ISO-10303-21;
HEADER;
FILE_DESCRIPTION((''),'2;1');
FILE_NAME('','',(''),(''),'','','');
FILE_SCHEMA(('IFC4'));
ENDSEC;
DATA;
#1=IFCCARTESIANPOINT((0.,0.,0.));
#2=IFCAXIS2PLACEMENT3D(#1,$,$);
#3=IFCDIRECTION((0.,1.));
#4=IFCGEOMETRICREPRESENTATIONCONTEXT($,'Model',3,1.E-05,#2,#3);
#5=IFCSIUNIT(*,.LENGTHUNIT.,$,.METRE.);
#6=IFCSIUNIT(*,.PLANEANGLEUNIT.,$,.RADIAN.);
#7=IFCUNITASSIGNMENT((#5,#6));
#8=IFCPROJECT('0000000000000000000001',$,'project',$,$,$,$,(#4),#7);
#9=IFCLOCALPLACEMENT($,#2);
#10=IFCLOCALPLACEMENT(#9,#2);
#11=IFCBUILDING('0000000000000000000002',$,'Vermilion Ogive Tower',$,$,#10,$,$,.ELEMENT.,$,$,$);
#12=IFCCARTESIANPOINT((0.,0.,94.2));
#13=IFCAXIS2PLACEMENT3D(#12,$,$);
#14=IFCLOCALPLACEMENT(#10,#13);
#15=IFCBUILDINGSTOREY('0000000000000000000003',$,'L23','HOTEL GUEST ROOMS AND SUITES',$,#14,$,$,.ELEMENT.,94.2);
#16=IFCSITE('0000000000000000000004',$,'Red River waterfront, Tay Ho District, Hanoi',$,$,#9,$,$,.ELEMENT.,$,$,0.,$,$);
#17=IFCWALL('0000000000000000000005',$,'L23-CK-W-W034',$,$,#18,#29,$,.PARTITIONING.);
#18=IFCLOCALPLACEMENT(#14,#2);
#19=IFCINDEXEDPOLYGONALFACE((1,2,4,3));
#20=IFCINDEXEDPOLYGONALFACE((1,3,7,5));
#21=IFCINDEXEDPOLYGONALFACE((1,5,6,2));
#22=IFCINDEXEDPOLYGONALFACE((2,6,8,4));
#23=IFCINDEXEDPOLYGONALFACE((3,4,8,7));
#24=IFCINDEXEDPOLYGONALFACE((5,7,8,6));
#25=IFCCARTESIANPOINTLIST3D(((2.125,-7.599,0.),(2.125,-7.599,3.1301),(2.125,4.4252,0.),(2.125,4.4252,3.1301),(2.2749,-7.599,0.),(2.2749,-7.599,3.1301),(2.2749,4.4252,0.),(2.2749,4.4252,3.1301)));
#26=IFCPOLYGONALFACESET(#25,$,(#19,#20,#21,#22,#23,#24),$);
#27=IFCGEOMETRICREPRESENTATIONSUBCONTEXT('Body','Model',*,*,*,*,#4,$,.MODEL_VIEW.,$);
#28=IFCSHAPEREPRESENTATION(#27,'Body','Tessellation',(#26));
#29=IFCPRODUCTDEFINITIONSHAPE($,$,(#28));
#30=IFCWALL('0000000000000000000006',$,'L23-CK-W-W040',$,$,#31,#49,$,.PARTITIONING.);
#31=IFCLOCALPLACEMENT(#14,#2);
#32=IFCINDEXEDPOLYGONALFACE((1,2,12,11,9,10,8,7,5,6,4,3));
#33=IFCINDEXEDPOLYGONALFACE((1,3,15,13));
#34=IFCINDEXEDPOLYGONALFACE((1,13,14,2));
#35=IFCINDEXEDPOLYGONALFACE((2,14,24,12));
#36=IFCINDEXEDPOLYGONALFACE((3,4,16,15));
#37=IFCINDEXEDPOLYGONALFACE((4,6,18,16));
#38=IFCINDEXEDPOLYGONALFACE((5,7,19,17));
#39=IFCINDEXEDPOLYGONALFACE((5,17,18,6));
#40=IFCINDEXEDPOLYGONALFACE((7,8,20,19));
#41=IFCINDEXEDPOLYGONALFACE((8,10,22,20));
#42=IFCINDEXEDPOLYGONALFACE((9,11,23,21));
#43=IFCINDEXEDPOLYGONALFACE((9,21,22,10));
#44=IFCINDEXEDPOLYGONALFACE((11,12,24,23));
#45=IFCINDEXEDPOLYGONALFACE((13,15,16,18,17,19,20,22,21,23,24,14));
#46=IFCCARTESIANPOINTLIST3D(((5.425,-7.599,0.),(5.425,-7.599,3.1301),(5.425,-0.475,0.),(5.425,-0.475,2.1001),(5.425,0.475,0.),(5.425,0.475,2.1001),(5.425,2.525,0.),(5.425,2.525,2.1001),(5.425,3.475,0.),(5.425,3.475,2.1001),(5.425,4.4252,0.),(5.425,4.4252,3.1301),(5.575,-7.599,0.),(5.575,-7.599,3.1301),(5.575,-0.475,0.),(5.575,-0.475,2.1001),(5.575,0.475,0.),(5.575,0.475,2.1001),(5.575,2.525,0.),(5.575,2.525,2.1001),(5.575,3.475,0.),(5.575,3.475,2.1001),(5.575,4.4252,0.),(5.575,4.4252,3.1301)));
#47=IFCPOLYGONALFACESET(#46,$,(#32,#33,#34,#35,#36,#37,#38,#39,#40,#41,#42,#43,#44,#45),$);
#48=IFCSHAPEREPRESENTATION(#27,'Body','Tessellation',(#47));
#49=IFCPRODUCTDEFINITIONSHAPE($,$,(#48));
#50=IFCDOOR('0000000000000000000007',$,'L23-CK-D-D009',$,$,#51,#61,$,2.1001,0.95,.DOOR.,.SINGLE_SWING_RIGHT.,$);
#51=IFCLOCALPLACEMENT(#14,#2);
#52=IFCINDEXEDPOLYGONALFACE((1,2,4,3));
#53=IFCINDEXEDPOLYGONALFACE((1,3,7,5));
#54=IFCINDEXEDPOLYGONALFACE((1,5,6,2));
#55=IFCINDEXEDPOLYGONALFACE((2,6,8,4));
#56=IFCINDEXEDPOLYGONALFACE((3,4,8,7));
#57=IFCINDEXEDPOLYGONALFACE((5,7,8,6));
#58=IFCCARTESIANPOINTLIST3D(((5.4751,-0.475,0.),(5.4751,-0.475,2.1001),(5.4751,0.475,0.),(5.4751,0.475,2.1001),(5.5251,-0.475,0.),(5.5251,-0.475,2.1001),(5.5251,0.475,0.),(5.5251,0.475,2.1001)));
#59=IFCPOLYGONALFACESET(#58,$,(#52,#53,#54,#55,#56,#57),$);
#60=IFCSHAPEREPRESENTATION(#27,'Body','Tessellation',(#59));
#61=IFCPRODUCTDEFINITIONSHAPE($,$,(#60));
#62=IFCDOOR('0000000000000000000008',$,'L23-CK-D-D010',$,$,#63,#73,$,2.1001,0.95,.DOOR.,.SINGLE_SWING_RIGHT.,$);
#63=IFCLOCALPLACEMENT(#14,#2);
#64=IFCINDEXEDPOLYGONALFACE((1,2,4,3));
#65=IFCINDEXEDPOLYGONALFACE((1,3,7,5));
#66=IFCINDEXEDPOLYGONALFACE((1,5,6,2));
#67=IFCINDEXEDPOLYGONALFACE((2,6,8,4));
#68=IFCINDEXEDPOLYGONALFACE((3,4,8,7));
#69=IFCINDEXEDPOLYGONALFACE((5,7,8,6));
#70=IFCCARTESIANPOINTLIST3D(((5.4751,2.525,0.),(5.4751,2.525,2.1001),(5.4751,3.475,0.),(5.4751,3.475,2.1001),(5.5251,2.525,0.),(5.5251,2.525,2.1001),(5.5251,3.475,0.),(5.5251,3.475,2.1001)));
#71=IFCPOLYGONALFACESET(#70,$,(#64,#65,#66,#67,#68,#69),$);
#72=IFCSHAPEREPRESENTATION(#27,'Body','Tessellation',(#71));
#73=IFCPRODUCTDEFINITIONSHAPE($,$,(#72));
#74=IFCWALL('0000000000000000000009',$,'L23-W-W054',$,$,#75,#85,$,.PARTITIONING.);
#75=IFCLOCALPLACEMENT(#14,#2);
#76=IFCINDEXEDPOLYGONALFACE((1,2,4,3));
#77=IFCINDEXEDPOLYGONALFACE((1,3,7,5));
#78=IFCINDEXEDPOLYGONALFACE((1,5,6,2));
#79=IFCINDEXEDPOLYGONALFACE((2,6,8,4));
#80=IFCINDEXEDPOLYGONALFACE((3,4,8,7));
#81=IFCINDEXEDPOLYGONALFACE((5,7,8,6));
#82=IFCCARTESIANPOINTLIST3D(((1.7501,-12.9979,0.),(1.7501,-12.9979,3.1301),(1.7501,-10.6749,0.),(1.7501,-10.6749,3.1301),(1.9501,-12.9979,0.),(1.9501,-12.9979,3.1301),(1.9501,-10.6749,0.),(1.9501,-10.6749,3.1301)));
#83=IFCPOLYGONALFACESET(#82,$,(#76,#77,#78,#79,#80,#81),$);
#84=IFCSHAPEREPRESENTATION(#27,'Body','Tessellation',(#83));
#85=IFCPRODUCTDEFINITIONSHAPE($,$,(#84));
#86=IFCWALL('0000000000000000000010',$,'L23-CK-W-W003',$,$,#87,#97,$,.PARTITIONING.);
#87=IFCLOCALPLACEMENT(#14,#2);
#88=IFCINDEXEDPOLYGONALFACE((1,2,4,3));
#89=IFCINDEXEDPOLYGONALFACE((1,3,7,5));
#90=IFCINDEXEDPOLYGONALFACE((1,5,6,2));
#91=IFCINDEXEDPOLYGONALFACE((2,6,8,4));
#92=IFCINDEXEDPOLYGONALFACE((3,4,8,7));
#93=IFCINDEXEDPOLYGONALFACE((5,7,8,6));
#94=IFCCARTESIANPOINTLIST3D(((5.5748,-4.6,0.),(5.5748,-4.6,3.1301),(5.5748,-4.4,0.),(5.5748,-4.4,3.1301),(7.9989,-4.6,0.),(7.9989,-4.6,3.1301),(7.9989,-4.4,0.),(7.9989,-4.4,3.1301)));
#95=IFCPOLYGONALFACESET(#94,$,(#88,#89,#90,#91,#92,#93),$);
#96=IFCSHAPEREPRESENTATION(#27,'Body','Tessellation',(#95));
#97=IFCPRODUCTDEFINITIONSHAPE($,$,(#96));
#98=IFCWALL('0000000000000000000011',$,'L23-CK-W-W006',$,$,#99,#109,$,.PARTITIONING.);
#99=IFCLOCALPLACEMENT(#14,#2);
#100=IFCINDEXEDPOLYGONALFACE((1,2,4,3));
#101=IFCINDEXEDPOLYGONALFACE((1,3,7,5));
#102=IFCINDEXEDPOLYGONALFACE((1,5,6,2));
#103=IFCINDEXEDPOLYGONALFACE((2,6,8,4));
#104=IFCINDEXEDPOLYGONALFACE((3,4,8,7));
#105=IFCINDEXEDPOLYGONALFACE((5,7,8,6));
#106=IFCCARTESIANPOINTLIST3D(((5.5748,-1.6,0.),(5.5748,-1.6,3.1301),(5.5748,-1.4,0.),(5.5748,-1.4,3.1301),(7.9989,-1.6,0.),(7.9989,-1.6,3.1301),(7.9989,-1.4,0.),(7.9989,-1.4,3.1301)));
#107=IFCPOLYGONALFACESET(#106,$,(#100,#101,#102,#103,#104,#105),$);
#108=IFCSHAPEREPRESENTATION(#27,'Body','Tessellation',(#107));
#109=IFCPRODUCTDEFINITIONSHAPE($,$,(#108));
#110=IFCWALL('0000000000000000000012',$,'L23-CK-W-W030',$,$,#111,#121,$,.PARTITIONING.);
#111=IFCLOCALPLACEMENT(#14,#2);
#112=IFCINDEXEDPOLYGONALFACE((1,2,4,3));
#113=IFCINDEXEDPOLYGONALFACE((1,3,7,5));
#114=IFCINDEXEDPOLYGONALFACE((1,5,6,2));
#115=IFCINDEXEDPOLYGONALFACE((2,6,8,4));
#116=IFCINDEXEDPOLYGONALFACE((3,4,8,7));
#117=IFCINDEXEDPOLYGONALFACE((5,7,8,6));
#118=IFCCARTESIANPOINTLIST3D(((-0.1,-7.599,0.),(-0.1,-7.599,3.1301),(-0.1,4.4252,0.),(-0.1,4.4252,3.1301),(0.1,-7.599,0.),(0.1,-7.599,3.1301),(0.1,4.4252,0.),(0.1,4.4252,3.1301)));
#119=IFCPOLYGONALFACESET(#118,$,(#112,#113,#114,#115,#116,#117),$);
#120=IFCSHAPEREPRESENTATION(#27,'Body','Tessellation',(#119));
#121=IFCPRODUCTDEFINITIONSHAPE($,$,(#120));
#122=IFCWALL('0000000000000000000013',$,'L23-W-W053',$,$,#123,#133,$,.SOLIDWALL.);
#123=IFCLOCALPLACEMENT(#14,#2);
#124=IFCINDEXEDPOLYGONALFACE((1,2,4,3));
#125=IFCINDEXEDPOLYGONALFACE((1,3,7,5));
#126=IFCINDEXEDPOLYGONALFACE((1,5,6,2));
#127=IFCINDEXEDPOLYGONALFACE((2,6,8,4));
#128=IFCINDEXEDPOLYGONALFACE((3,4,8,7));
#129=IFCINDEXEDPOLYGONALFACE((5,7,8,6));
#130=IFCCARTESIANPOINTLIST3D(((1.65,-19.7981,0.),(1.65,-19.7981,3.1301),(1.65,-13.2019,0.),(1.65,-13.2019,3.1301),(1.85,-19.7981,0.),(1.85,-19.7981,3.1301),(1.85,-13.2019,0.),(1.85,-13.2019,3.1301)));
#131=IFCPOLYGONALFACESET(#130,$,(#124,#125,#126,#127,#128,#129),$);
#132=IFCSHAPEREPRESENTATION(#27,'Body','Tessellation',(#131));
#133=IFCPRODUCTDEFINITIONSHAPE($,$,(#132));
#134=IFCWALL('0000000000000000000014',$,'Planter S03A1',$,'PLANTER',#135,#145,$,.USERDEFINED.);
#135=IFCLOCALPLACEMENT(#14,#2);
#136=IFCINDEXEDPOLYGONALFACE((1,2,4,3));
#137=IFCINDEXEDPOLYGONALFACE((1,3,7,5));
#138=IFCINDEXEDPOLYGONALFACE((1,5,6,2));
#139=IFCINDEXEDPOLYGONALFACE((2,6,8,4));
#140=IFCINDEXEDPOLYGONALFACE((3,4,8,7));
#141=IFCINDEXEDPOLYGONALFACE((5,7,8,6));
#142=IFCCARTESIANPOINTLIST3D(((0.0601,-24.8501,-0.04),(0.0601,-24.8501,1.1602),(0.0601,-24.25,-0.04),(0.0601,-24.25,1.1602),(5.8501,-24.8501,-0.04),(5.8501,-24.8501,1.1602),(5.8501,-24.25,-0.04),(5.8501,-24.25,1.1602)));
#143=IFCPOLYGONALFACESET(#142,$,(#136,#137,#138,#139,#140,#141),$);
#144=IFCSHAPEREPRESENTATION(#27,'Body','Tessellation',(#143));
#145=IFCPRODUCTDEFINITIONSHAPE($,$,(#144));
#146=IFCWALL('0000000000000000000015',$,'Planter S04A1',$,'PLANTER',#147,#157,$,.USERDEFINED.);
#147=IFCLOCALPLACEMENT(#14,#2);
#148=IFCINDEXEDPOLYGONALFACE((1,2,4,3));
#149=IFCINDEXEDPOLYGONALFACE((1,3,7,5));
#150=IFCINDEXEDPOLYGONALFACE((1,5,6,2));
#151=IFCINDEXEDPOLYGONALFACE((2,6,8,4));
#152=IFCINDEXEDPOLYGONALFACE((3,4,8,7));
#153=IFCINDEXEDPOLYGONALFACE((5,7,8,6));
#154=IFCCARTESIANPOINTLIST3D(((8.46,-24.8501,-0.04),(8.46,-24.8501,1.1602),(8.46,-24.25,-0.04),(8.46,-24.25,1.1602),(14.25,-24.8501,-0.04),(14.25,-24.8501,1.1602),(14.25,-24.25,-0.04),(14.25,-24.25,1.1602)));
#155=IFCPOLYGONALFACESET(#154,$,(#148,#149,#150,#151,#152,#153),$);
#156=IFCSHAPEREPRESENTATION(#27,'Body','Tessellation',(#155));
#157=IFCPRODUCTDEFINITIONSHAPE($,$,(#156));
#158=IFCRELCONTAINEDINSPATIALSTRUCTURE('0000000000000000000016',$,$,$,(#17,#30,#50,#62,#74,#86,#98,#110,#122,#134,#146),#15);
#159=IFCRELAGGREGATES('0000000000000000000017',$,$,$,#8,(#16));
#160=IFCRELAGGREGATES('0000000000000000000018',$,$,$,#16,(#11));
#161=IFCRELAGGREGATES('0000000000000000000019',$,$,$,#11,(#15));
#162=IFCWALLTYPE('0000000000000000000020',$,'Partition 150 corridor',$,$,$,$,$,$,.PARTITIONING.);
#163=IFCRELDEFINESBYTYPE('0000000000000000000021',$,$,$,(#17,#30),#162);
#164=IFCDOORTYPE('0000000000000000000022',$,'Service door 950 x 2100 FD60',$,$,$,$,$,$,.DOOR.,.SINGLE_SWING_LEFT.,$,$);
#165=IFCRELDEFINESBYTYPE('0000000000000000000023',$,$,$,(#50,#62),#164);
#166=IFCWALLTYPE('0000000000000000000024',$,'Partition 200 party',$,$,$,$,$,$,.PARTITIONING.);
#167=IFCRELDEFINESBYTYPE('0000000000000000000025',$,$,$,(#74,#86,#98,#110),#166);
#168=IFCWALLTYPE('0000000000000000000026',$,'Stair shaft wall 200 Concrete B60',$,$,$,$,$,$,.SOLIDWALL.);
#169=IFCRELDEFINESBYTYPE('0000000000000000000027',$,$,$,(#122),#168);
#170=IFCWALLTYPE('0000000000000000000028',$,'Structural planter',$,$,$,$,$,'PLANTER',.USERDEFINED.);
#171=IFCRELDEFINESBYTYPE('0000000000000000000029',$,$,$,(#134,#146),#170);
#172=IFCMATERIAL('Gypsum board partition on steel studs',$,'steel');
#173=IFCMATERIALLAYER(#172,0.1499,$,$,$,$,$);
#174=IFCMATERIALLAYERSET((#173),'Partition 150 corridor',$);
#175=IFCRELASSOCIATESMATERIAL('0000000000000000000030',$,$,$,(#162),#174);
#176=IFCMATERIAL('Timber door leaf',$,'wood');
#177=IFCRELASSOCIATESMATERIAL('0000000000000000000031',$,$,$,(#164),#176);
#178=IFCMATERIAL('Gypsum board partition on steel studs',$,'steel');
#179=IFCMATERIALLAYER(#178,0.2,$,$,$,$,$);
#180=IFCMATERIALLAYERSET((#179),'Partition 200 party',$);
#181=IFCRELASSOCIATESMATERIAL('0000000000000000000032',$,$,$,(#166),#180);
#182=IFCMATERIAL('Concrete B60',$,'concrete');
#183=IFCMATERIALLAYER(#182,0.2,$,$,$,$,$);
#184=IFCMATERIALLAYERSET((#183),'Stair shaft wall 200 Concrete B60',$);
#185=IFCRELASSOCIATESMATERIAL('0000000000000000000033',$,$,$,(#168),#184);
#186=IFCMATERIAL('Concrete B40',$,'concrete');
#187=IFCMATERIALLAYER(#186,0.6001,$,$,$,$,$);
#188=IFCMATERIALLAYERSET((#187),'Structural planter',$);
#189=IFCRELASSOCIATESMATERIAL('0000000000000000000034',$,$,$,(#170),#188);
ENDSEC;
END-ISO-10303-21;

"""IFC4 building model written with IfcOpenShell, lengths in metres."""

from ifc_helpers import new_model, si_unit, direction, frame, frame_2d, origin, place, context, subcontext, project, spatial, rectangle, extrude, material, layer, layer_set, type_object, element, fill, save


model = new_model("IFC4")

# Units and contexts
model_context = context("Model", 3, precision=1e-05, world=origin(), true_north=direction((0.0, 1.0)))
body_context = subcontext(model_context, "Body", "Model", "MODEL_VIEW")
ifc_project = project(units=[si_unit("LENGTHUNIT", "METRE"), si_unit("PLANEANGLEUNIT", "RADIAN")], contexts=[model_context])

# Site, building, storey
site_placement = place(None, origin())
site = spatial("IfcSite", under=ifc_project, at=site_placement, Name="Red River waterfront, Tay Ho District, Hanoi", CompositionType="ELEMENT", RefElevation=0.0)
building_placement = place(site_placement, origin())
building = spatial("IfcBuilding", under=site, at=building_placement, Name="Vermilion Ogive Tower", CompositionType="ELEMENT")
storey_placement = place(building_placement, frame((0.0, 0.0, 94.2)))
storey = spatial("IfcBuildingStorey", under=building, at=storey_placement, Name="L23", Description="HOTEL GUEST ROOMS AND SUITES", CompositionType="ELEMENT", Elevation=94.2)

# Shared definitions
ifc_material_1 = material(Name="Gypsum board partition on steel studs", Category="steel")
ifc_layer_1 = layer(ifc_material_1, 0.1499)
ifc_layer_set_1 = layer_set([ifc_layer_1], Name="Partition 150 corridor")
wall_type_1 = type_object("IfcWallType", Name="Partition 150 corridor", PredefinedType="PARTITIONING", material=ifc_layer_set_1)

# Wall
wall_1_placement = place(storey_placement, frame((2.2, -7.5991, 0.0), z_axis=(0.0, 0.0, 1.0), x_axis=(0.0, 1.0, 0.0)))
element("IfcWall", 1, at=wall_1_placement, inside=storey, type_object=wall_type_1, Name="L23-CK-W-W034", PredefinedType="PARTITIONING", context=body_context, shape_type="SweptSolid", body=[
    extrude(rectangle(XDim=12.0242, YDim=0.1499, at=frame_2d((6.0122, 0.0))), origin(), (0.0, 0.0, 1.0), 3.1301),
])

# Wall, openings, doors
wall_2_placement = place(storey_placement, frame((5.5, -7.5991, 0.0), z_axis=(0.0, 0.0, 1.0), x_axis=(0.0, 1.0, 0.0)))
wall_2 = element("IfcWall", 2, at=wall_2_placement, inside=storey, type_object=wall_type_1, Name="L23-CK-W-W040", PredefinedType="PARTITIONING", context=body_context, shape_type="SweptSolid", body=[
    extrude(rectangle(XDim=12.0242, YDim=0.1499, at=frame_2d((6.0122, 0.0))), origin(), (0.0, 0.0, 1.0), 3.1301),
])
opening_1_placement = place(wall_2_placement, frame((7.124, 0.0, 0.0)))
opening_1 = element("IfcOpeningElement", 3, at=opening_1_placement, cuts=wall_2, PredefinedType="OPENING", context=body_context, shape_type="SweptSolid", body=[
    extrude(rectangle(XDim=0.95, YDim=2.1001, at=frame_2d((0.4751, 1.05))), frame((0.0, 0.085, 0.0), z_axis=(0.0, -1.0, 0.0), x_axis=(1.0, 0.0, 0.0)), (0.0, 0.0, 1.0), 0.1699),
])
opening_2_placement = place(wall_2_placement, frame((10.124, 0.0, 0.0)))
opening_2 = element("IfcOpeningElement", 4, at=opening_2_placement, cuts=wall_2, PredefinedType="OPENING", context=body_context, shape_type="SweptSolid", body=[
    extrude(rectangle(XDim=0.95, YDim=2.1001, at=frame_2d((0.4751, 1.05))), frame((0.0, 0.085, 0.0), z_axis=(0.0, -1.0, 0.0), x_axis=(1.0, 0.0, 0.0)), (0.0, 0.0, 1.0), 0.1699),
])
ifc_material_2 = material(Name="Timber door leaf", Category="wood")
door_type_1 = type_object("IfcDoorType", Name="Service door 950 x 2100 FD60", OperationType="SINGLE_SWING_LEFT", PredefinedType="DOOR", material=ifc_material_2)
door_1_placement = place(opening_1_placement, origin())
door_1 = element("IfcDoor", 5, at=door_1_placement, inside=storey, type_object=door_type_1, Name="L23-CK-D-D009", OperationType="SINGLE_SWING_RIGHT", OverallHeight=2.1001, OverallWidth=0.95, PredefinedType="DOOR", context=body_context, shape_type="SweptSolid", body=[
    extrude(rectangle(XDim=0.95, YDim=2.1001, at=frame_2d((0.4751, 1.05))), frame((0.0, 0.0249, 0.0), z_axis=(0.0, -1.0, 0.0), x_axis=(1.0, 0.0, 0.0)), (0.0, 0.0, 1.0), 0.05),
])
fill(opening_1, door_1)
door_2_placement = place(opening_2_placement, origin())
door_2 = element("IfcDoor", 6, at=door_2_placement, inside=storey, type_object=door_type_1, Name="L23-CK-D-D010", OperationType="SINGLE_SWING_RIGHT", OverallHeight=2.1001, OverallWidth=0.95, PredefinedType="DOOR", context=body_context, shape_type="SweptSolid", body=[
    extrude(rectangle(XDim=0.95, YDim=2.1001, at=frame_2d((0.4751, 1.05))), frame((0.0, 0.0249, 0.0), z_axis=(0.0, -1.0, 0.0), x_axis=(1.0, 0.0, 0.0)), (0.0, 0.0, 1.0), 0.05),
])
fill(opening_2, door_2)

# Walls
ifc_material_3 = material(Name="Gypsum board partition on steel studs", Category="steel")
ifc_layer_2 = layer(ifc_material_3, 0.2)
ifc_layer_set_2 = layer_set([ifc_layer_2], Name="Partition 200 party")
wall_type_2 = type_object("IfcWallType", Name="Partition 200 party", PredefinedType="PARTITIONING", material=ifc_layer_set_2)
wall_3_placement = place(storey_placement, frame((1.8501, -12.998, 0.0), z_axis=(0.0, 0.0, 1.0), x_axis=(0.0, 1.0, 0.0)))
element("IfcWall", 7, at=wall_3_placement, inside=storey, type_object=wall_type_2, Name="L23-W-W054", PredefinedType="PARTITIONING", context=body_context, shape_type="SweptSolid", body=[
    extrude(rectangle(XDim=2.323, YDim=0.2, at=frame_2d((1.1616, 0.0))), origin(), (0.0, 0.0, 1.0), 3.1301),
])
for number, where, z_axis, x_axis, name in (
    (8, (5.575, -4.5, 0.0), (0.0, 0.0, 1.0), (1.0, 0.0, 0.0), "L23-CK-W-W003"),
    (9, (5.575, -1.5, 0.0), (0.0, 0.0, 1.0), (1.0, 0.0, 0.0), "L23-CK-W-W006"),
):
    element("IfcWall", number, at=place(storey_placement, frame(where, z_axis=z_axis, x_axis=x_axis)), inside=storey, type_object=wall_type_2, Name=name, PredefinedType="PARTITIONING", context=body_context, shape_type="SweptSolid", body=[
        extrude(rectangle(XDim=2.4241, YDim=0.2, at=frame_2d((1.2119, 0.0))), origin(), (0.0, 0.0, 1.0), 3.1301),
    ])
wall_4_placement = place(storey_placement, frame((0.0, -7.5991, 0.0), z_axis=(0.0, 0.0, 1.0), x_axis=(0.0, 1.0, 0.0)))
element("IfcWall", 10, at=wall_4_placement, inside=storey, type_object=wall_type_2, Name="L23-CK-W-W030", PredefinedType="PARTITIONING", context=body_context, shape_type="SweptSolid", body=[
    extrude(rectangle(XDim=12.0242, YDim=0.2, at=frame_2d((6.0122, 0.0))), origin(), (0.0, 0.0, 1.0), 3.1301),
])
ifc_material_4 = material(Name="Concrete B60", Category="concrete")
ifc_layer_3 = layer(ifc_material_4, 0.2)
ifc_layer_set_3 = layer_set([ifc_layer_3], Name="Stair shaft wall 200 Concrete B60")
wall_type_3 = type_object("IfcWallType", Name="Stair shaft wall 200 Concrete B60", PredefinedType="SOLIDWALL", material=ifc_layer_set_3)
wall_5_placement = place(storey_placement, frame((1.75, -19.7981, 0.0), z_axis=(0.0, 0.0, 1.0), x_axis=(0.0, 1.0, 0.0)))
element("IfcWall", 11, at=wall_5_placement, inside=storey, type_object=wall_type_3, Name="L23-W-W053", PredefinedType="SOLIDWALL", context=body_context, shape_type="SweptSolid", body=[
    extrude(rectangle(XDim=6.5962, YDim=0.2, at=frame_2d((3.2981, 0.0))), origin(), (0.0, 0.0, 1.0), 3.1301),
])
ifc_material_5 = material(Name="Concrete B40", Category="concrete")
ifc_layer_4 = layer(ifc_material_5, 0.6001)
ifc_layer_set_4 = layer_set([ifc_layer_4], Name="Structural planter")
wall_type_4 = type_object("IfcWallType", Name="Structural planter", ElementType="PLANTER", PredefinedType="USERDEFINED", material=ifc_layer_set_4)
for number, where, z_axis, x_axis, name in (
    (12, (0.0601, -24.55, -0.04), (0.0, 0.0, 1.0), (1.0, 0.0, 0.0), "Planter S03A1"),
    (13, (8.46, -24.55, -0.04), (0.0, 0.0, 1.0), (1.0, 0.0, 0.0), "Planter S04A1"),
):
    element("IfcWall", number, at=place(storey_placement, frame(where, z_axis=z_axis, x_axis=x_axis)), inside=storey, type_object=wall_type_4, Name=name, ObjectType="PLANTER", PredefinedType="USERDEFINED", context=body_context, shape_type="SweptSolid", body=[
        extrude(rectangle(XDim=5.79, YDim=0.6001, at=frame_2d((2.895, 0.0))), origin(), (0.0, 0.0, 1.0), 1.2002),
    ])

save(model, "model.ifc")
